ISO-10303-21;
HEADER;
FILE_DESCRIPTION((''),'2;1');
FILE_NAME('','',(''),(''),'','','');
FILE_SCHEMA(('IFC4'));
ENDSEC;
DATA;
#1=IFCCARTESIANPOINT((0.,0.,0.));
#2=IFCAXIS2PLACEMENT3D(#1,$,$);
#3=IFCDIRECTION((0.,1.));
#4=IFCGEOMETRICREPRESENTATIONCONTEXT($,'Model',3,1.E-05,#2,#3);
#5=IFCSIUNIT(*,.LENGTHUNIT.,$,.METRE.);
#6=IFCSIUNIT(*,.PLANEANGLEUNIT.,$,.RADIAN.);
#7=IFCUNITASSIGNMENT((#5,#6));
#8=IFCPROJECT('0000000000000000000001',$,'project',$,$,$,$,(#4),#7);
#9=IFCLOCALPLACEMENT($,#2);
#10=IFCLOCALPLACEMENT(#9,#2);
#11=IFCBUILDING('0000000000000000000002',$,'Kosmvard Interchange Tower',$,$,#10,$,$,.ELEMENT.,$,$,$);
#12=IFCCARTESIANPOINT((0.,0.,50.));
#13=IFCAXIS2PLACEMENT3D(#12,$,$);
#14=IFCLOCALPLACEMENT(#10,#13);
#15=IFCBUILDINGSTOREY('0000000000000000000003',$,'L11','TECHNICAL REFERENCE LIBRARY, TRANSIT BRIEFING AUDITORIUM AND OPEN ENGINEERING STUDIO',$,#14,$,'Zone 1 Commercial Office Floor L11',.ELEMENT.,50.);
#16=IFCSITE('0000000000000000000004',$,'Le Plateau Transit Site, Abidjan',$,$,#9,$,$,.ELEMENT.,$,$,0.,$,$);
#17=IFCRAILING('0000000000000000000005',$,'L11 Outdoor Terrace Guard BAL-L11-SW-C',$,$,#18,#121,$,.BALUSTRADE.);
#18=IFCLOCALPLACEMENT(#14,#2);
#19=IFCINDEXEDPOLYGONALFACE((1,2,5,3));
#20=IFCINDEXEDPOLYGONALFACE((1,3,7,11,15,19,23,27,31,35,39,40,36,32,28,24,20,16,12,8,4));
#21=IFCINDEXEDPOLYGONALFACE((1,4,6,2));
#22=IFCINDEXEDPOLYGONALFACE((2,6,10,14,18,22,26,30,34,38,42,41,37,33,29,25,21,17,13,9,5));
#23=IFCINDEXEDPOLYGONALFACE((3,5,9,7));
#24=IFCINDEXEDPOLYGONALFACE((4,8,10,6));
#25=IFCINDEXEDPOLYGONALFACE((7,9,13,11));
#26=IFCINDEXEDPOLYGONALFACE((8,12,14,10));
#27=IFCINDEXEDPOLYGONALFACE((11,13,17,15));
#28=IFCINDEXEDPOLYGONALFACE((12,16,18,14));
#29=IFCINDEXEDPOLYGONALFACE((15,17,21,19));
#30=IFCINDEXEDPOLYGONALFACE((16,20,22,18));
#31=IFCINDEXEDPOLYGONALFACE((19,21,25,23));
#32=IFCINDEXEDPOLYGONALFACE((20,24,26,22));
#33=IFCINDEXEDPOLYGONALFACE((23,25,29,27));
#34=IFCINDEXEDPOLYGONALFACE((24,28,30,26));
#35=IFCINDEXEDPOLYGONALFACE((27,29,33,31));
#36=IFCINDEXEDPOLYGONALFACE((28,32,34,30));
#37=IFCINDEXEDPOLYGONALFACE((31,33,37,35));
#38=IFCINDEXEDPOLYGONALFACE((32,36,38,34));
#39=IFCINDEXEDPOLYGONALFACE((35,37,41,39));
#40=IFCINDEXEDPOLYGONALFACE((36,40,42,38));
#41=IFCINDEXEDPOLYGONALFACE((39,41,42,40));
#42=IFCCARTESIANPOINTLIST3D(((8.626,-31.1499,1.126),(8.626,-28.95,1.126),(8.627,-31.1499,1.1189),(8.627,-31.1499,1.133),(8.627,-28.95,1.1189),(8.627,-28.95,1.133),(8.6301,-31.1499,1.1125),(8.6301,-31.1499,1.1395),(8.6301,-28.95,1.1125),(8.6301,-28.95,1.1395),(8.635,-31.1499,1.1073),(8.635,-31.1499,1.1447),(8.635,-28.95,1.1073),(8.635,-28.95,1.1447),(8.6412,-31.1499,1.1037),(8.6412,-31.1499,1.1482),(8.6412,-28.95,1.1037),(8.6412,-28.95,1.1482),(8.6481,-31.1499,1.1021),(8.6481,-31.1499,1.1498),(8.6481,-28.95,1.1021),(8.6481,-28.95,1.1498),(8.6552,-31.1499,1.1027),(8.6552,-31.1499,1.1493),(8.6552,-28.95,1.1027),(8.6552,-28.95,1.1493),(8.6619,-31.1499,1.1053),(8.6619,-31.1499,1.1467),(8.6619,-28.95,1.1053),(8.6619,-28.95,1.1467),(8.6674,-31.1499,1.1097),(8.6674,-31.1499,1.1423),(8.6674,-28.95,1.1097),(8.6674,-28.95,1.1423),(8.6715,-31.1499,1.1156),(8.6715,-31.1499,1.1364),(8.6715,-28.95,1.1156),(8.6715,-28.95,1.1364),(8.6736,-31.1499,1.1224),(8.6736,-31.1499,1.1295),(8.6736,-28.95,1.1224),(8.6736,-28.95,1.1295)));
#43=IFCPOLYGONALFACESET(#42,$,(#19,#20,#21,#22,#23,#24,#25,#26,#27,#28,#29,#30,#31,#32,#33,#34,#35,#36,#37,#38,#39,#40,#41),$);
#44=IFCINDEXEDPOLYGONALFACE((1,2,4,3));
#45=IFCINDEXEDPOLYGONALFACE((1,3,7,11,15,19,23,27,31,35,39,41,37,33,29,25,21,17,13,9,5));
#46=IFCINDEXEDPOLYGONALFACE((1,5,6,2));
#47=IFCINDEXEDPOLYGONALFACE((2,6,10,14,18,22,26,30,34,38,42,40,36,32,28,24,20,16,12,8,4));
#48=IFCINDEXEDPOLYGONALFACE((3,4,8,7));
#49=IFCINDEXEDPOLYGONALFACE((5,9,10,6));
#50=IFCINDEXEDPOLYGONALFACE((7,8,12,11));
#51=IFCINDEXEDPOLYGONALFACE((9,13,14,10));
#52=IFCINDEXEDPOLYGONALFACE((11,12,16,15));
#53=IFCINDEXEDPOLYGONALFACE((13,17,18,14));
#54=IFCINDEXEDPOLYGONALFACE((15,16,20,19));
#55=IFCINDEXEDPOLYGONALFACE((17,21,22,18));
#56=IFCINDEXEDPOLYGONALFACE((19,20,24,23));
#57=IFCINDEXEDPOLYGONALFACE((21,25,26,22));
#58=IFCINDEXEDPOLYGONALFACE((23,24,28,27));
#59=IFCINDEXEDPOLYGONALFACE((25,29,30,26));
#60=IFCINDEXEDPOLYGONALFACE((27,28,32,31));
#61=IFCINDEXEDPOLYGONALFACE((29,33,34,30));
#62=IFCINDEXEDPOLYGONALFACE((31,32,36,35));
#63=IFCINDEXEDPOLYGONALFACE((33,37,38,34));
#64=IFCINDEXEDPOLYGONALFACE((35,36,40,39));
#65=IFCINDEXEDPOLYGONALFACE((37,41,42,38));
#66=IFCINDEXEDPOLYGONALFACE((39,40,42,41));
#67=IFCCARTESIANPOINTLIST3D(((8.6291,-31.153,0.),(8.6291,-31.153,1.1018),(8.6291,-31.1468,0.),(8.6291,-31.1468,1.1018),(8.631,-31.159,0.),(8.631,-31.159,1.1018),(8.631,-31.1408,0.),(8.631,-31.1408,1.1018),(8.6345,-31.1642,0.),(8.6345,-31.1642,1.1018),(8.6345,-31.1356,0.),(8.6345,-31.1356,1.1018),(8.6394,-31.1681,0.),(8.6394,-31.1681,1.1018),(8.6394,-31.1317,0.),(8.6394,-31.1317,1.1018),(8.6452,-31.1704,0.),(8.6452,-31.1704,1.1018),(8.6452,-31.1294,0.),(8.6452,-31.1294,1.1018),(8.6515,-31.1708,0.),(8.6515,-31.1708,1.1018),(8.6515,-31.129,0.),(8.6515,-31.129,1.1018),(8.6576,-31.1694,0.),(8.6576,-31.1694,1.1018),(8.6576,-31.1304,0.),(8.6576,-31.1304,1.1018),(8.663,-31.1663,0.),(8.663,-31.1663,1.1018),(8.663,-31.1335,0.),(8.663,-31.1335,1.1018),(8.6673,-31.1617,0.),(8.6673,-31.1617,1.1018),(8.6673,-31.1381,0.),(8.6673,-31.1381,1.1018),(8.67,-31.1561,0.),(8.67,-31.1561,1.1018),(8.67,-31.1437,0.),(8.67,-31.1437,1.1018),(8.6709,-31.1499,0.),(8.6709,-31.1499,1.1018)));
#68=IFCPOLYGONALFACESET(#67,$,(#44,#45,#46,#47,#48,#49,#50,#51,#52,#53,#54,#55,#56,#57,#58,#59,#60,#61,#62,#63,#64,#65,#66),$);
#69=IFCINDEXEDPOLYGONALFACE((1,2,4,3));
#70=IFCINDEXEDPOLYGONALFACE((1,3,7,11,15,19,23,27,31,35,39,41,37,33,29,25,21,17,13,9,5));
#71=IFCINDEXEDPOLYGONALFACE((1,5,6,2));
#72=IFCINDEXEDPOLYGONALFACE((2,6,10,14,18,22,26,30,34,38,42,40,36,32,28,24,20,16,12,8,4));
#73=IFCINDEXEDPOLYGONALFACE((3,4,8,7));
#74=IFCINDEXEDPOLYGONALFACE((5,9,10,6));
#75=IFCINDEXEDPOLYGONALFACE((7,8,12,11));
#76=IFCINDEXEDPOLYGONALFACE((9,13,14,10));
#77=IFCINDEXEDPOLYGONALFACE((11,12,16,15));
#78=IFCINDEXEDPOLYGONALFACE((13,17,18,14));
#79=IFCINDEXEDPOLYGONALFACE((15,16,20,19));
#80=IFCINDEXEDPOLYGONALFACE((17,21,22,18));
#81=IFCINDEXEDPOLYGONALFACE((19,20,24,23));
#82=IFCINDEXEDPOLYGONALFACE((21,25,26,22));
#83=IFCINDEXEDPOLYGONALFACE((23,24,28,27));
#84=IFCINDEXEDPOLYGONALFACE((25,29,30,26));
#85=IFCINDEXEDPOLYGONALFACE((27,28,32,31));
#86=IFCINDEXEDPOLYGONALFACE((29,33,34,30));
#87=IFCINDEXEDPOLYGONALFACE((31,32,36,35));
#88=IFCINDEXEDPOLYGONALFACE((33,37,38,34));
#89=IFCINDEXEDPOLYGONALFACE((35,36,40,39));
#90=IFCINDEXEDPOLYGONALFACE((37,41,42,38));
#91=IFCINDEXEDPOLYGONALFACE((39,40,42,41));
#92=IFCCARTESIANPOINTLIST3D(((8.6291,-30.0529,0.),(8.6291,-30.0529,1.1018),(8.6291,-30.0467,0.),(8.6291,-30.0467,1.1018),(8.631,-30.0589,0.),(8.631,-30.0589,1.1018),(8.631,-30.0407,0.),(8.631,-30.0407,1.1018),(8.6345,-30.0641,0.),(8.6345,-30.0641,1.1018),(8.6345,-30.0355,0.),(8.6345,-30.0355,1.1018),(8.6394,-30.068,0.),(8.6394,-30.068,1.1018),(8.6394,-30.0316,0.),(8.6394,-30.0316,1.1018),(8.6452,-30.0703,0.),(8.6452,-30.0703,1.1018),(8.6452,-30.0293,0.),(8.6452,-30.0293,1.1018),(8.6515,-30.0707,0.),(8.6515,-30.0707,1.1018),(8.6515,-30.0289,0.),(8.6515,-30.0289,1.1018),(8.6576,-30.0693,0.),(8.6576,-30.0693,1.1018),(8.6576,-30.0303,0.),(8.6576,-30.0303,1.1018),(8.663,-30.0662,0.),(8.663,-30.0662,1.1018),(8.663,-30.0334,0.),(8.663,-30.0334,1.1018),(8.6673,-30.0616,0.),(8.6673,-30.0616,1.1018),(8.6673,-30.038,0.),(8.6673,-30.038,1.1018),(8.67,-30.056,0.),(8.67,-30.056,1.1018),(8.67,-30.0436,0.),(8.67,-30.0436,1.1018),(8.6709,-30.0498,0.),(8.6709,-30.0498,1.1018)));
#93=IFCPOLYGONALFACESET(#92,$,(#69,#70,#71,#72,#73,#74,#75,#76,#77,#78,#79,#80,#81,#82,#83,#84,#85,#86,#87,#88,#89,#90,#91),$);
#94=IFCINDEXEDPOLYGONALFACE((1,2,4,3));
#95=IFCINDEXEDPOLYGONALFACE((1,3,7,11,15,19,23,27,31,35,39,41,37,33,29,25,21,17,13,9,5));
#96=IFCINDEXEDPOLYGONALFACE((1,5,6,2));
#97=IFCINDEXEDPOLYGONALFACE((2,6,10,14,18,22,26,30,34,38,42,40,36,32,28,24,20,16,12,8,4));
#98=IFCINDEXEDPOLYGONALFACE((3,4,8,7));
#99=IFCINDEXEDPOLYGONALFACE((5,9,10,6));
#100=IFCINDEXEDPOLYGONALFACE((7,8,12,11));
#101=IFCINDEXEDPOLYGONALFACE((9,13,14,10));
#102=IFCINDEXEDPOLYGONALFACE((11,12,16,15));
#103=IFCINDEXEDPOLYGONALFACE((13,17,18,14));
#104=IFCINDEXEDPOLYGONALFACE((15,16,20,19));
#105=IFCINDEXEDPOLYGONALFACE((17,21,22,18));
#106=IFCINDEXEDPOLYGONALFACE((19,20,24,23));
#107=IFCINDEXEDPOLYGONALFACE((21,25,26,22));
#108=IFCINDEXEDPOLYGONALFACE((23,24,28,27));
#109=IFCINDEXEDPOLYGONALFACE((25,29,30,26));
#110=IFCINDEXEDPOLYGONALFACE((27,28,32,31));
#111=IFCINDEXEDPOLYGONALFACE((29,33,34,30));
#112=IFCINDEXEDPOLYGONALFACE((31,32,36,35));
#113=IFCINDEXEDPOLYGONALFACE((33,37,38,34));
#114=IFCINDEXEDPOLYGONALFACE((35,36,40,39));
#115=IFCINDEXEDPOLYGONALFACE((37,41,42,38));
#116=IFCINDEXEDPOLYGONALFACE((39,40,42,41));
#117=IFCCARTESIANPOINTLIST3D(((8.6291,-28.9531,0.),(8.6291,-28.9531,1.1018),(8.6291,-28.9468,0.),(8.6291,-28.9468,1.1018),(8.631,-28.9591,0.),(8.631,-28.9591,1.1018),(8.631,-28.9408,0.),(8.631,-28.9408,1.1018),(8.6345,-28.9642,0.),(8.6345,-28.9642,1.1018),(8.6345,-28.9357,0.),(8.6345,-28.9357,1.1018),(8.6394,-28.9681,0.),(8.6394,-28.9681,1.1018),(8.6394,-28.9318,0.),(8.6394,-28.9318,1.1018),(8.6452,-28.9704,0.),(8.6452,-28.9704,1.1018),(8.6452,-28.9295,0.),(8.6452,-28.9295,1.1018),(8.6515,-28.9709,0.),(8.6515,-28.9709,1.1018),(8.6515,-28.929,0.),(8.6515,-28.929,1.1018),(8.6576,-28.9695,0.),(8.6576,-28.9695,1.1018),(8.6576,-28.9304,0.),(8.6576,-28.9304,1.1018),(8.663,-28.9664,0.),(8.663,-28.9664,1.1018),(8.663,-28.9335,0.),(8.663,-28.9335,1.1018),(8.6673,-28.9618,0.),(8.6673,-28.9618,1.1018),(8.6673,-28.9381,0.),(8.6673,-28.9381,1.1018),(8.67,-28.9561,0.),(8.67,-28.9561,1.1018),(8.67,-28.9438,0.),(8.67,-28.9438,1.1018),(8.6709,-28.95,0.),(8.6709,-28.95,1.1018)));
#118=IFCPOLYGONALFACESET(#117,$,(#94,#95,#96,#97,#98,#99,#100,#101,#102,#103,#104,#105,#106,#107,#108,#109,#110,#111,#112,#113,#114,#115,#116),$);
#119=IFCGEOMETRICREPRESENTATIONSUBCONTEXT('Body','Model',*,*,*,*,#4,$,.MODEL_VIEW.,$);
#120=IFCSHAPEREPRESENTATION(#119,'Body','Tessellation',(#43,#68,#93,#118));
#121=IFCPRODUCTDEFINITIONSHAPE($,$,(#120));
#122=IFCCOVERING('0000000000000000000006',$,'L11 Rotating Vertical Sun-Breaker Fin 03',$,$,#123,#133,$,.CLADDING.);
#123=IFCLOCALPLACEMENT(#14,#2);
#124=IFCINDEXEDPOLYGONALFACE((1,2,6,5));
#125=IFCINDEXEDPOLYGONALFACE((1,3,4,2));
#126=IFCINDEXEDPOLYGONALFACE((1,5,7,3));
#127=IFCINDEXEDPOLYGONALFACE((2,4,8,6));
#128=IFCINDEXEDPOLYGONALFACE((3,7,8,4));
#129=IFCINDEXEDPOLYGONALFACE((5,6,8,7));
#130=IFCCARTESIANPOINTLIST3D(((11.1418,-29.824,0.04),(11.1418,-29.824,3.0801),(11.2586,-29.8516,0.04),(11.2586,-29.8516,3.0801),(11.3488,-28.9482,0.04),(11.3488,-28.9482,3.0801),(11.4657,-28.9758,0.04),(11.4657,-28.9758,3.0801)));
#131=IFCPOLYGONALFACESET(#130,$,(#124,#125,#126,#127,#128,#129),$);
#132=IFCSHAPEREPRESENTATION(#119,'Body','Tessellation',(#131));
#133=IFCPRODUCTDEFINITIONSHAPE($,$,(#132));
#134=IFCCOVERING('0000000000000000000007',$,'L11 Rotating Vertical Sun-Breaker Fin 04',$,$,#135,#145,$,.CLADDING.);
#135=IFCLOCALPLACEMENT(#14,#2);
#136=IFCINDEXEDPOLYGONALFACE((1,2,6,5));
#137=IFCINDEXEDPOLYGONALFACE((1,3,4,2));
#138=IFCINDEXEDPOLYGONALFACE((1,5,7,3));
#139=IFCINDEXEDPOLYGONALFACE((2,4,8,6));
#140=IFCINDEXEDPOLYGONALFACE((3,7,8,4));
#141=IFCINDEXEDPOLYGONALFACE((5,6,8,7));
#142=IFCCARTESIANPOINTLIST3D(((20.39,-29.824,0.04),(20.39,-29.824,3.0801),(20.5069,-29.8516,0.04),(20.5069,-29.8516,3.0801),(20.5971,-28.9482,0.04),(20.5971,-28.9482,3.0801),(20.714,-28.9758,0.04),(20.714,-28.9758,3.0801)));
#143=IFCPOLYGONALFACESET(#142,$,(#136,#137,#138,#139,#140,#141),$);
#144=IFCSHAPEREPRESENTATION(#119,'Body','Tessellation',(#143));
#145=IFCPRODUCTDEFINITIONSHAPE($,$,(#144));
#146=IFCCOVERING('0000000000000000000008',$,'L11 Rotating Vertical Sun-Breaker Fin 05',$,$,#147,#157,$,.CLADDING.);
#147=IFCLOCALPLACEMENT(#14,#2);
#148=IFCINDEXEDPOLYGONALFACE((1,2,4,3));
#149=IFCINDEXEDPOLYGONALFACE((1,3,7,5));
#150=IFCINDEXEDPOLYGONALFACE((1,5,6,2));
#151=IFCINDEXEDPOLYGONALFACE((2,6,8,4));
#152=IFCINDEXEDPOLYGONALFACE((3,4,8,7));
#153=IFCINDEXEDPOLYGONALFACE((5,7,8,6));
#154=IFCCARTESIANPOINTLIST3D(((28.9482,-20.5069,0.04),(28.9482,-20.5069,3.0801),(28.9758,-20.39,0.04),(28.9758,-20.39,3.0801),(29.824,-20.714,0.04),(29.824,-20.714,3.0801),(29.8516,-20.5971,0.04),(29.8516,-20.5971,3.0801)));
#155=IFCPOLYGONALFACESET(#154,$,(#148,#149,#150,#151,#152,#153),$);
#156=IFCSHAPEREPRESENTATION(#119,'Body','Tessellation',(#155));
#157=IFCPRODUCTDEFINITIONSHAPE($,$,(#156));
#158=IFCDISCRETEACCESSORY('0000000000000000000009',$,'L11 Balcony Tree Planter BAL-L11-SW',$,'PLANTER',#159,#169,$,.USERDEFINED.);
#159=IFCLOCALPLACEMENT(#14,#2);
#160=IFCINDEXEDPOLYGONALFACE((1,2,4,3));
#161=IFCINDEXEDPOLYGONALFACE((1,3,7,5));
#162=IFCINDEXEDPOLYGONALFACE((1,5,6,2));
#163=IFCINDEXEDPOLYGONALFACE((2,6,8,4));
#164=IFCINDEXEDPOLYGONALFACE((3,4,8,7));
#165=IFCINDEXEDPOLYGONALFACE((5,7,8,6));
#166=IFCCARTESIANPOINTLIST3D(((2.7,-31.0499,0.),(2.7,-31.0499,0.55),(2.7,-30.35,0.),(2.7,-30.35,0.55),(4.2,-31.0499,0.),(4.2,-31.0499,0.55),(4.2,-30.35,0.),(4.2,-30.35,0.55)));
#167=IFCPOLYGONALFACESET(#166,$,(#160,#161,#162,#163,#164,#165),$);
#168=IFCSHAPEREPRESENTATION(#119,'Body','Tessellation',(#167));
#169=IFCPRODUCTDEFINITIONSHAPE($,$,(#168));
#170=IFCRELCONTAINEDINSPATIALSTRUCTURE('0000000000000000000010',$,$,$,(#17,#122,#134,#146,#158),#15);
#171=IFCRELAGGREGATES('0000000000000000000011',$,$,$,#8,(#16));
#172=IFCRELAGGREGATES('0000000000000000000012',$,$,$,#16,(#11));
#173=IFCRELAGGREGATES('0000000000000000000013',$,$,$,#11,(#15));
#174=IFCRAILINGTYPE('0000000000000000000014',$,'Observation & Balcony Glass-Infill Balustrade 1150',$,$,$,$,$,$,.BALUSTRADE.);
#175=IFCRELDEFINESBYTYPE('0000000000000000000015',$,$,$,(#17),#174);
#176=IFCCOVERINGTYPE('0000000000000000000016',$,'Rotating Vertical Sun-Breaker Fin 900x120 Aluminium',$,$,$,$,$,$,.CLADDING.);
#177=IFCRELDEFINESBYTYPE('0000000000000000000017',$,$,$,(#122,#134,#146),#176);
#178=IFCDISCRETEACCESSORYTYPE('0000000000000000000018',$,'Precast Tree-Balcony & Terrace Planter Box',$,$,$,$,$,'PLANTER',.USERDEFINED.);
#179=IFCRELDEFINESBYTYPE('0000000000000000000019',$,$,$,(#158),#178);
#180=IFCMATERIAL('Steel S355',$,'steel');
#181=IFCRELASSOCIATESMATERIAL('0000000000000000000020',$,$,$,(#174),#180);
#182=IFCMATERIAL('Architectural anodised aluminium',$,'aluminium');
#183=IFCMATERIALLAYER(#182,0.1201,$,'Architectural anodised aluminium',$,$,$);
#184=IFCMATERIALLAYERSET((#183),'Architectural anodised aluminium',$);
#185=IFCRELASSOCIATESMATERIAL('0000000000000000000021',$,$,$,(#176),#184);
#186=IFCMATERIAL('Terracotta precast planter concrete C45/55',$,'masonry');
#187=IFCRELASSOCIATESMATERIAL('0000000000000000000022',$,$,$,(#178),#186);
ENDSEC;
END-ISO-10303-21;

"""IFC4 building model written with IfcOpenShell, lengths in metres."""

from ifc_helpers import new_model, si_unit, direction, frame, origin, origin_2d, place, context, subcontext, project, spatial, rectangle, circle, extrude, source, transform, mapped, material, layer, layer_set, type_object, element, save


model = new_model("IFC4")

# Units and contexts
model_context = context("Model", 3, precision=1e-05, world=origin(), true_north=direction((0.0, 1.0)))
body_context = subcontext(model_context, "Body", "Model", "MODEL_VIEW")
ifc_project = project(units=[si_unit("LENGTHUNIT", "METRE"), si_unit("PLANEANGLEUNIT", "RADIAN")], contexts=[model_context])

# Site, building, storey
site_placement = place(None, origin())
site = spatial("IfcSite", under=ifc_project, at=site_placement, Name="Le Plateau Transit Site, Abidjan", CompositionType="ELEMENT", RefElevation=0.0)
building_placement = place(site_placement, origin())
building = spatial("IfcBuilding", under=site, at=building_placement, Name="Kosmvard Interchange Tower", CompositionType="ELEMENT")
storey_placement = place(building_placement, frame((0.0, 0.0, 50.0)))
storey = spatial("IfcBuildingStorey", under=building, at=storey_placement, Name="L11", Description="TECHNICAL REFERENCE LIBRARY, TRANSIT BRIEFING AUDITORIUM AND OPEN ENGINEERING STUDIO", LongName="Zone 1 Commercial Office Floor L11", CompositionType="ELEMENT", Elevation=50.0)

# Shared definitions
ifc_material_1 = material(Name="Steel S355", Category="steel")

# Railing
railing_type = type_object("IfcRailingType", Name="Observation & Balcony Glass-Infill Balustrade 1150", PredefinedType="BALUSTRADE", material=ifc_material_1)
shared_shape_1 = source(origin(), body_context, "Body", "SweptSolid", [
    extrude(circle(Radius=0.0239, at=origin_2d()), frame((0.0, 0.0, 1.126), z_axis=(0.0, 1.0, 0.0), x_axis=(-1.0, 0.0, 0.0)), (0.0, 0.0, 1.0), 2.2),
    extrude(circle(Radius=0.021, at=origin_2d()), origin(), (0.0, 0.0, 1.0), 1.1018),
    extrude(circle(Radius=0.021, at=origin_2d()), frame((0.0, 1.1001, 0.0)), (0.0, 0.0, 1.0), 1.1018),
    extrude(circle(Radius=0.021, at=origin_2d()), frame((0.0, 2.2, 0.0)), (0.0, 0.0, 1.0), 1.1018),
])
railing_1_placement = place(storey_placement, frame((8.6499, -31.1499, 0.0)))
element("IfcRailing", 1, at=railing_1_placement, inside=storey, type_object=railing_type, Name="L11 Outdoor Terrace Guard BAL-L11-SW-C", PredefinedType="BALUSTRADE", context=body_context, shape_type="MappedRepresentation", body=[
    mapped(shared_shape_1, transform((0.0, 0.0, 0.0), scale=1.0)),
])

# Coverings
ifc_material_2 = material(Name="Architectural anodised aluminium", Category="aluminium")
ifc_layer_1 = layer(ifc_material_2, 0.1201, Name="Architectural anodised aluminium")
ifc_layer_set_1 = layer_set([ifc_layer_1], Name="Architectural anodised aluminium")
covering_type = type_object("IfcCoveringType", Name="Rotating Vertical Sun-Breaker Fin 900x120 Aluminium", PredefinedType="CLADDING", material=ifc_layer_set_1)
shared_shape_2 = source(origin(), body_context, "Body", "SweptSolid", [
    extrude(rectangle(XDim=0.8999, YDim=0.1201, at=origin_2d()), origin(), (0.0, 0.0, 1.0), 3.04),
])
for number, where, z_axis, x_axis, name in (
    (2, (11.3037, -29.3999, 0.04), (0.0, 0.0, 1.0), (-0.23005, -0.973179, 0.0), "L11 Rotating Vertical Sun-Breaker Fin 03"),
    (3, (20.552, -29.3999, 0.04), (0.0, 0.0, 1.0), (-0.23005, -0.973179, 0.0), "L11 Rotating Vertical Sun-Breaker Fin 04"),
    (4, (29.3999, -20.552, 0.04), (0.0, 0.0, 1.0), (0.973179, -0.23005, 0.0), "L11 Rotating Vertical Sun-Breaker Fin 05"),
):
    element("IfcCovering", number, at=place(storey_placement, frame(where, z_axis=z_axis, x_axis=x_axis)), inside=storey, type_object=covering_type, Name=name, PredefinedType="CLADDING", context=body_context, shape_type="MappedRepresentation", body=[
        mapped(shared_shape_2, transform((0.0, 0.0, 0.0), scale=1.0)),
    ])

# Discrete accessory
ifc_material_3 = material(Name="Terracotta precast planter concrete C45/55", Category="masonry")
discrete_accessory_type = type_object("IfcDiscreteAccessoryType", Name="Precast Tree-Balcony & Terrace Planter Box", ElementType="PLANTER", PredefinedType="USERDEFINED", material=ifc_material_3)
shared_shape_3 = source(origin(), body_context, "Body", "SweptSolid", [
    extrude(rectangle(XDim=1.5, YDim=0.7, at=origin_2d()), origin(), (0.0, 0.0, 1.0), 0.55),
])
discrete_accessory_placement = place(storey_placement, frame((3.45, -30.7, 0.0), z_axis=(0.0, 0.0, 1.0), x_axis=(1.0, 0.0, 0.0)))
element("IfcDiscreteAccessory", 5, at=discrete_accessory_placement, inside=storey, type_object=discrete_accessory_type, Name="L11 Balcony Tree Planter BAL-L11-SW", ObjectType="PLANTER", PredefinedType="USERDEFINED", context=body_context, shape_type="MappedRepresentation", body=[
    mapped(shared_shape_3, transform((0.0, 0.0, 0.0), scale=1.0)),
])

save(model, "model.ifc")
